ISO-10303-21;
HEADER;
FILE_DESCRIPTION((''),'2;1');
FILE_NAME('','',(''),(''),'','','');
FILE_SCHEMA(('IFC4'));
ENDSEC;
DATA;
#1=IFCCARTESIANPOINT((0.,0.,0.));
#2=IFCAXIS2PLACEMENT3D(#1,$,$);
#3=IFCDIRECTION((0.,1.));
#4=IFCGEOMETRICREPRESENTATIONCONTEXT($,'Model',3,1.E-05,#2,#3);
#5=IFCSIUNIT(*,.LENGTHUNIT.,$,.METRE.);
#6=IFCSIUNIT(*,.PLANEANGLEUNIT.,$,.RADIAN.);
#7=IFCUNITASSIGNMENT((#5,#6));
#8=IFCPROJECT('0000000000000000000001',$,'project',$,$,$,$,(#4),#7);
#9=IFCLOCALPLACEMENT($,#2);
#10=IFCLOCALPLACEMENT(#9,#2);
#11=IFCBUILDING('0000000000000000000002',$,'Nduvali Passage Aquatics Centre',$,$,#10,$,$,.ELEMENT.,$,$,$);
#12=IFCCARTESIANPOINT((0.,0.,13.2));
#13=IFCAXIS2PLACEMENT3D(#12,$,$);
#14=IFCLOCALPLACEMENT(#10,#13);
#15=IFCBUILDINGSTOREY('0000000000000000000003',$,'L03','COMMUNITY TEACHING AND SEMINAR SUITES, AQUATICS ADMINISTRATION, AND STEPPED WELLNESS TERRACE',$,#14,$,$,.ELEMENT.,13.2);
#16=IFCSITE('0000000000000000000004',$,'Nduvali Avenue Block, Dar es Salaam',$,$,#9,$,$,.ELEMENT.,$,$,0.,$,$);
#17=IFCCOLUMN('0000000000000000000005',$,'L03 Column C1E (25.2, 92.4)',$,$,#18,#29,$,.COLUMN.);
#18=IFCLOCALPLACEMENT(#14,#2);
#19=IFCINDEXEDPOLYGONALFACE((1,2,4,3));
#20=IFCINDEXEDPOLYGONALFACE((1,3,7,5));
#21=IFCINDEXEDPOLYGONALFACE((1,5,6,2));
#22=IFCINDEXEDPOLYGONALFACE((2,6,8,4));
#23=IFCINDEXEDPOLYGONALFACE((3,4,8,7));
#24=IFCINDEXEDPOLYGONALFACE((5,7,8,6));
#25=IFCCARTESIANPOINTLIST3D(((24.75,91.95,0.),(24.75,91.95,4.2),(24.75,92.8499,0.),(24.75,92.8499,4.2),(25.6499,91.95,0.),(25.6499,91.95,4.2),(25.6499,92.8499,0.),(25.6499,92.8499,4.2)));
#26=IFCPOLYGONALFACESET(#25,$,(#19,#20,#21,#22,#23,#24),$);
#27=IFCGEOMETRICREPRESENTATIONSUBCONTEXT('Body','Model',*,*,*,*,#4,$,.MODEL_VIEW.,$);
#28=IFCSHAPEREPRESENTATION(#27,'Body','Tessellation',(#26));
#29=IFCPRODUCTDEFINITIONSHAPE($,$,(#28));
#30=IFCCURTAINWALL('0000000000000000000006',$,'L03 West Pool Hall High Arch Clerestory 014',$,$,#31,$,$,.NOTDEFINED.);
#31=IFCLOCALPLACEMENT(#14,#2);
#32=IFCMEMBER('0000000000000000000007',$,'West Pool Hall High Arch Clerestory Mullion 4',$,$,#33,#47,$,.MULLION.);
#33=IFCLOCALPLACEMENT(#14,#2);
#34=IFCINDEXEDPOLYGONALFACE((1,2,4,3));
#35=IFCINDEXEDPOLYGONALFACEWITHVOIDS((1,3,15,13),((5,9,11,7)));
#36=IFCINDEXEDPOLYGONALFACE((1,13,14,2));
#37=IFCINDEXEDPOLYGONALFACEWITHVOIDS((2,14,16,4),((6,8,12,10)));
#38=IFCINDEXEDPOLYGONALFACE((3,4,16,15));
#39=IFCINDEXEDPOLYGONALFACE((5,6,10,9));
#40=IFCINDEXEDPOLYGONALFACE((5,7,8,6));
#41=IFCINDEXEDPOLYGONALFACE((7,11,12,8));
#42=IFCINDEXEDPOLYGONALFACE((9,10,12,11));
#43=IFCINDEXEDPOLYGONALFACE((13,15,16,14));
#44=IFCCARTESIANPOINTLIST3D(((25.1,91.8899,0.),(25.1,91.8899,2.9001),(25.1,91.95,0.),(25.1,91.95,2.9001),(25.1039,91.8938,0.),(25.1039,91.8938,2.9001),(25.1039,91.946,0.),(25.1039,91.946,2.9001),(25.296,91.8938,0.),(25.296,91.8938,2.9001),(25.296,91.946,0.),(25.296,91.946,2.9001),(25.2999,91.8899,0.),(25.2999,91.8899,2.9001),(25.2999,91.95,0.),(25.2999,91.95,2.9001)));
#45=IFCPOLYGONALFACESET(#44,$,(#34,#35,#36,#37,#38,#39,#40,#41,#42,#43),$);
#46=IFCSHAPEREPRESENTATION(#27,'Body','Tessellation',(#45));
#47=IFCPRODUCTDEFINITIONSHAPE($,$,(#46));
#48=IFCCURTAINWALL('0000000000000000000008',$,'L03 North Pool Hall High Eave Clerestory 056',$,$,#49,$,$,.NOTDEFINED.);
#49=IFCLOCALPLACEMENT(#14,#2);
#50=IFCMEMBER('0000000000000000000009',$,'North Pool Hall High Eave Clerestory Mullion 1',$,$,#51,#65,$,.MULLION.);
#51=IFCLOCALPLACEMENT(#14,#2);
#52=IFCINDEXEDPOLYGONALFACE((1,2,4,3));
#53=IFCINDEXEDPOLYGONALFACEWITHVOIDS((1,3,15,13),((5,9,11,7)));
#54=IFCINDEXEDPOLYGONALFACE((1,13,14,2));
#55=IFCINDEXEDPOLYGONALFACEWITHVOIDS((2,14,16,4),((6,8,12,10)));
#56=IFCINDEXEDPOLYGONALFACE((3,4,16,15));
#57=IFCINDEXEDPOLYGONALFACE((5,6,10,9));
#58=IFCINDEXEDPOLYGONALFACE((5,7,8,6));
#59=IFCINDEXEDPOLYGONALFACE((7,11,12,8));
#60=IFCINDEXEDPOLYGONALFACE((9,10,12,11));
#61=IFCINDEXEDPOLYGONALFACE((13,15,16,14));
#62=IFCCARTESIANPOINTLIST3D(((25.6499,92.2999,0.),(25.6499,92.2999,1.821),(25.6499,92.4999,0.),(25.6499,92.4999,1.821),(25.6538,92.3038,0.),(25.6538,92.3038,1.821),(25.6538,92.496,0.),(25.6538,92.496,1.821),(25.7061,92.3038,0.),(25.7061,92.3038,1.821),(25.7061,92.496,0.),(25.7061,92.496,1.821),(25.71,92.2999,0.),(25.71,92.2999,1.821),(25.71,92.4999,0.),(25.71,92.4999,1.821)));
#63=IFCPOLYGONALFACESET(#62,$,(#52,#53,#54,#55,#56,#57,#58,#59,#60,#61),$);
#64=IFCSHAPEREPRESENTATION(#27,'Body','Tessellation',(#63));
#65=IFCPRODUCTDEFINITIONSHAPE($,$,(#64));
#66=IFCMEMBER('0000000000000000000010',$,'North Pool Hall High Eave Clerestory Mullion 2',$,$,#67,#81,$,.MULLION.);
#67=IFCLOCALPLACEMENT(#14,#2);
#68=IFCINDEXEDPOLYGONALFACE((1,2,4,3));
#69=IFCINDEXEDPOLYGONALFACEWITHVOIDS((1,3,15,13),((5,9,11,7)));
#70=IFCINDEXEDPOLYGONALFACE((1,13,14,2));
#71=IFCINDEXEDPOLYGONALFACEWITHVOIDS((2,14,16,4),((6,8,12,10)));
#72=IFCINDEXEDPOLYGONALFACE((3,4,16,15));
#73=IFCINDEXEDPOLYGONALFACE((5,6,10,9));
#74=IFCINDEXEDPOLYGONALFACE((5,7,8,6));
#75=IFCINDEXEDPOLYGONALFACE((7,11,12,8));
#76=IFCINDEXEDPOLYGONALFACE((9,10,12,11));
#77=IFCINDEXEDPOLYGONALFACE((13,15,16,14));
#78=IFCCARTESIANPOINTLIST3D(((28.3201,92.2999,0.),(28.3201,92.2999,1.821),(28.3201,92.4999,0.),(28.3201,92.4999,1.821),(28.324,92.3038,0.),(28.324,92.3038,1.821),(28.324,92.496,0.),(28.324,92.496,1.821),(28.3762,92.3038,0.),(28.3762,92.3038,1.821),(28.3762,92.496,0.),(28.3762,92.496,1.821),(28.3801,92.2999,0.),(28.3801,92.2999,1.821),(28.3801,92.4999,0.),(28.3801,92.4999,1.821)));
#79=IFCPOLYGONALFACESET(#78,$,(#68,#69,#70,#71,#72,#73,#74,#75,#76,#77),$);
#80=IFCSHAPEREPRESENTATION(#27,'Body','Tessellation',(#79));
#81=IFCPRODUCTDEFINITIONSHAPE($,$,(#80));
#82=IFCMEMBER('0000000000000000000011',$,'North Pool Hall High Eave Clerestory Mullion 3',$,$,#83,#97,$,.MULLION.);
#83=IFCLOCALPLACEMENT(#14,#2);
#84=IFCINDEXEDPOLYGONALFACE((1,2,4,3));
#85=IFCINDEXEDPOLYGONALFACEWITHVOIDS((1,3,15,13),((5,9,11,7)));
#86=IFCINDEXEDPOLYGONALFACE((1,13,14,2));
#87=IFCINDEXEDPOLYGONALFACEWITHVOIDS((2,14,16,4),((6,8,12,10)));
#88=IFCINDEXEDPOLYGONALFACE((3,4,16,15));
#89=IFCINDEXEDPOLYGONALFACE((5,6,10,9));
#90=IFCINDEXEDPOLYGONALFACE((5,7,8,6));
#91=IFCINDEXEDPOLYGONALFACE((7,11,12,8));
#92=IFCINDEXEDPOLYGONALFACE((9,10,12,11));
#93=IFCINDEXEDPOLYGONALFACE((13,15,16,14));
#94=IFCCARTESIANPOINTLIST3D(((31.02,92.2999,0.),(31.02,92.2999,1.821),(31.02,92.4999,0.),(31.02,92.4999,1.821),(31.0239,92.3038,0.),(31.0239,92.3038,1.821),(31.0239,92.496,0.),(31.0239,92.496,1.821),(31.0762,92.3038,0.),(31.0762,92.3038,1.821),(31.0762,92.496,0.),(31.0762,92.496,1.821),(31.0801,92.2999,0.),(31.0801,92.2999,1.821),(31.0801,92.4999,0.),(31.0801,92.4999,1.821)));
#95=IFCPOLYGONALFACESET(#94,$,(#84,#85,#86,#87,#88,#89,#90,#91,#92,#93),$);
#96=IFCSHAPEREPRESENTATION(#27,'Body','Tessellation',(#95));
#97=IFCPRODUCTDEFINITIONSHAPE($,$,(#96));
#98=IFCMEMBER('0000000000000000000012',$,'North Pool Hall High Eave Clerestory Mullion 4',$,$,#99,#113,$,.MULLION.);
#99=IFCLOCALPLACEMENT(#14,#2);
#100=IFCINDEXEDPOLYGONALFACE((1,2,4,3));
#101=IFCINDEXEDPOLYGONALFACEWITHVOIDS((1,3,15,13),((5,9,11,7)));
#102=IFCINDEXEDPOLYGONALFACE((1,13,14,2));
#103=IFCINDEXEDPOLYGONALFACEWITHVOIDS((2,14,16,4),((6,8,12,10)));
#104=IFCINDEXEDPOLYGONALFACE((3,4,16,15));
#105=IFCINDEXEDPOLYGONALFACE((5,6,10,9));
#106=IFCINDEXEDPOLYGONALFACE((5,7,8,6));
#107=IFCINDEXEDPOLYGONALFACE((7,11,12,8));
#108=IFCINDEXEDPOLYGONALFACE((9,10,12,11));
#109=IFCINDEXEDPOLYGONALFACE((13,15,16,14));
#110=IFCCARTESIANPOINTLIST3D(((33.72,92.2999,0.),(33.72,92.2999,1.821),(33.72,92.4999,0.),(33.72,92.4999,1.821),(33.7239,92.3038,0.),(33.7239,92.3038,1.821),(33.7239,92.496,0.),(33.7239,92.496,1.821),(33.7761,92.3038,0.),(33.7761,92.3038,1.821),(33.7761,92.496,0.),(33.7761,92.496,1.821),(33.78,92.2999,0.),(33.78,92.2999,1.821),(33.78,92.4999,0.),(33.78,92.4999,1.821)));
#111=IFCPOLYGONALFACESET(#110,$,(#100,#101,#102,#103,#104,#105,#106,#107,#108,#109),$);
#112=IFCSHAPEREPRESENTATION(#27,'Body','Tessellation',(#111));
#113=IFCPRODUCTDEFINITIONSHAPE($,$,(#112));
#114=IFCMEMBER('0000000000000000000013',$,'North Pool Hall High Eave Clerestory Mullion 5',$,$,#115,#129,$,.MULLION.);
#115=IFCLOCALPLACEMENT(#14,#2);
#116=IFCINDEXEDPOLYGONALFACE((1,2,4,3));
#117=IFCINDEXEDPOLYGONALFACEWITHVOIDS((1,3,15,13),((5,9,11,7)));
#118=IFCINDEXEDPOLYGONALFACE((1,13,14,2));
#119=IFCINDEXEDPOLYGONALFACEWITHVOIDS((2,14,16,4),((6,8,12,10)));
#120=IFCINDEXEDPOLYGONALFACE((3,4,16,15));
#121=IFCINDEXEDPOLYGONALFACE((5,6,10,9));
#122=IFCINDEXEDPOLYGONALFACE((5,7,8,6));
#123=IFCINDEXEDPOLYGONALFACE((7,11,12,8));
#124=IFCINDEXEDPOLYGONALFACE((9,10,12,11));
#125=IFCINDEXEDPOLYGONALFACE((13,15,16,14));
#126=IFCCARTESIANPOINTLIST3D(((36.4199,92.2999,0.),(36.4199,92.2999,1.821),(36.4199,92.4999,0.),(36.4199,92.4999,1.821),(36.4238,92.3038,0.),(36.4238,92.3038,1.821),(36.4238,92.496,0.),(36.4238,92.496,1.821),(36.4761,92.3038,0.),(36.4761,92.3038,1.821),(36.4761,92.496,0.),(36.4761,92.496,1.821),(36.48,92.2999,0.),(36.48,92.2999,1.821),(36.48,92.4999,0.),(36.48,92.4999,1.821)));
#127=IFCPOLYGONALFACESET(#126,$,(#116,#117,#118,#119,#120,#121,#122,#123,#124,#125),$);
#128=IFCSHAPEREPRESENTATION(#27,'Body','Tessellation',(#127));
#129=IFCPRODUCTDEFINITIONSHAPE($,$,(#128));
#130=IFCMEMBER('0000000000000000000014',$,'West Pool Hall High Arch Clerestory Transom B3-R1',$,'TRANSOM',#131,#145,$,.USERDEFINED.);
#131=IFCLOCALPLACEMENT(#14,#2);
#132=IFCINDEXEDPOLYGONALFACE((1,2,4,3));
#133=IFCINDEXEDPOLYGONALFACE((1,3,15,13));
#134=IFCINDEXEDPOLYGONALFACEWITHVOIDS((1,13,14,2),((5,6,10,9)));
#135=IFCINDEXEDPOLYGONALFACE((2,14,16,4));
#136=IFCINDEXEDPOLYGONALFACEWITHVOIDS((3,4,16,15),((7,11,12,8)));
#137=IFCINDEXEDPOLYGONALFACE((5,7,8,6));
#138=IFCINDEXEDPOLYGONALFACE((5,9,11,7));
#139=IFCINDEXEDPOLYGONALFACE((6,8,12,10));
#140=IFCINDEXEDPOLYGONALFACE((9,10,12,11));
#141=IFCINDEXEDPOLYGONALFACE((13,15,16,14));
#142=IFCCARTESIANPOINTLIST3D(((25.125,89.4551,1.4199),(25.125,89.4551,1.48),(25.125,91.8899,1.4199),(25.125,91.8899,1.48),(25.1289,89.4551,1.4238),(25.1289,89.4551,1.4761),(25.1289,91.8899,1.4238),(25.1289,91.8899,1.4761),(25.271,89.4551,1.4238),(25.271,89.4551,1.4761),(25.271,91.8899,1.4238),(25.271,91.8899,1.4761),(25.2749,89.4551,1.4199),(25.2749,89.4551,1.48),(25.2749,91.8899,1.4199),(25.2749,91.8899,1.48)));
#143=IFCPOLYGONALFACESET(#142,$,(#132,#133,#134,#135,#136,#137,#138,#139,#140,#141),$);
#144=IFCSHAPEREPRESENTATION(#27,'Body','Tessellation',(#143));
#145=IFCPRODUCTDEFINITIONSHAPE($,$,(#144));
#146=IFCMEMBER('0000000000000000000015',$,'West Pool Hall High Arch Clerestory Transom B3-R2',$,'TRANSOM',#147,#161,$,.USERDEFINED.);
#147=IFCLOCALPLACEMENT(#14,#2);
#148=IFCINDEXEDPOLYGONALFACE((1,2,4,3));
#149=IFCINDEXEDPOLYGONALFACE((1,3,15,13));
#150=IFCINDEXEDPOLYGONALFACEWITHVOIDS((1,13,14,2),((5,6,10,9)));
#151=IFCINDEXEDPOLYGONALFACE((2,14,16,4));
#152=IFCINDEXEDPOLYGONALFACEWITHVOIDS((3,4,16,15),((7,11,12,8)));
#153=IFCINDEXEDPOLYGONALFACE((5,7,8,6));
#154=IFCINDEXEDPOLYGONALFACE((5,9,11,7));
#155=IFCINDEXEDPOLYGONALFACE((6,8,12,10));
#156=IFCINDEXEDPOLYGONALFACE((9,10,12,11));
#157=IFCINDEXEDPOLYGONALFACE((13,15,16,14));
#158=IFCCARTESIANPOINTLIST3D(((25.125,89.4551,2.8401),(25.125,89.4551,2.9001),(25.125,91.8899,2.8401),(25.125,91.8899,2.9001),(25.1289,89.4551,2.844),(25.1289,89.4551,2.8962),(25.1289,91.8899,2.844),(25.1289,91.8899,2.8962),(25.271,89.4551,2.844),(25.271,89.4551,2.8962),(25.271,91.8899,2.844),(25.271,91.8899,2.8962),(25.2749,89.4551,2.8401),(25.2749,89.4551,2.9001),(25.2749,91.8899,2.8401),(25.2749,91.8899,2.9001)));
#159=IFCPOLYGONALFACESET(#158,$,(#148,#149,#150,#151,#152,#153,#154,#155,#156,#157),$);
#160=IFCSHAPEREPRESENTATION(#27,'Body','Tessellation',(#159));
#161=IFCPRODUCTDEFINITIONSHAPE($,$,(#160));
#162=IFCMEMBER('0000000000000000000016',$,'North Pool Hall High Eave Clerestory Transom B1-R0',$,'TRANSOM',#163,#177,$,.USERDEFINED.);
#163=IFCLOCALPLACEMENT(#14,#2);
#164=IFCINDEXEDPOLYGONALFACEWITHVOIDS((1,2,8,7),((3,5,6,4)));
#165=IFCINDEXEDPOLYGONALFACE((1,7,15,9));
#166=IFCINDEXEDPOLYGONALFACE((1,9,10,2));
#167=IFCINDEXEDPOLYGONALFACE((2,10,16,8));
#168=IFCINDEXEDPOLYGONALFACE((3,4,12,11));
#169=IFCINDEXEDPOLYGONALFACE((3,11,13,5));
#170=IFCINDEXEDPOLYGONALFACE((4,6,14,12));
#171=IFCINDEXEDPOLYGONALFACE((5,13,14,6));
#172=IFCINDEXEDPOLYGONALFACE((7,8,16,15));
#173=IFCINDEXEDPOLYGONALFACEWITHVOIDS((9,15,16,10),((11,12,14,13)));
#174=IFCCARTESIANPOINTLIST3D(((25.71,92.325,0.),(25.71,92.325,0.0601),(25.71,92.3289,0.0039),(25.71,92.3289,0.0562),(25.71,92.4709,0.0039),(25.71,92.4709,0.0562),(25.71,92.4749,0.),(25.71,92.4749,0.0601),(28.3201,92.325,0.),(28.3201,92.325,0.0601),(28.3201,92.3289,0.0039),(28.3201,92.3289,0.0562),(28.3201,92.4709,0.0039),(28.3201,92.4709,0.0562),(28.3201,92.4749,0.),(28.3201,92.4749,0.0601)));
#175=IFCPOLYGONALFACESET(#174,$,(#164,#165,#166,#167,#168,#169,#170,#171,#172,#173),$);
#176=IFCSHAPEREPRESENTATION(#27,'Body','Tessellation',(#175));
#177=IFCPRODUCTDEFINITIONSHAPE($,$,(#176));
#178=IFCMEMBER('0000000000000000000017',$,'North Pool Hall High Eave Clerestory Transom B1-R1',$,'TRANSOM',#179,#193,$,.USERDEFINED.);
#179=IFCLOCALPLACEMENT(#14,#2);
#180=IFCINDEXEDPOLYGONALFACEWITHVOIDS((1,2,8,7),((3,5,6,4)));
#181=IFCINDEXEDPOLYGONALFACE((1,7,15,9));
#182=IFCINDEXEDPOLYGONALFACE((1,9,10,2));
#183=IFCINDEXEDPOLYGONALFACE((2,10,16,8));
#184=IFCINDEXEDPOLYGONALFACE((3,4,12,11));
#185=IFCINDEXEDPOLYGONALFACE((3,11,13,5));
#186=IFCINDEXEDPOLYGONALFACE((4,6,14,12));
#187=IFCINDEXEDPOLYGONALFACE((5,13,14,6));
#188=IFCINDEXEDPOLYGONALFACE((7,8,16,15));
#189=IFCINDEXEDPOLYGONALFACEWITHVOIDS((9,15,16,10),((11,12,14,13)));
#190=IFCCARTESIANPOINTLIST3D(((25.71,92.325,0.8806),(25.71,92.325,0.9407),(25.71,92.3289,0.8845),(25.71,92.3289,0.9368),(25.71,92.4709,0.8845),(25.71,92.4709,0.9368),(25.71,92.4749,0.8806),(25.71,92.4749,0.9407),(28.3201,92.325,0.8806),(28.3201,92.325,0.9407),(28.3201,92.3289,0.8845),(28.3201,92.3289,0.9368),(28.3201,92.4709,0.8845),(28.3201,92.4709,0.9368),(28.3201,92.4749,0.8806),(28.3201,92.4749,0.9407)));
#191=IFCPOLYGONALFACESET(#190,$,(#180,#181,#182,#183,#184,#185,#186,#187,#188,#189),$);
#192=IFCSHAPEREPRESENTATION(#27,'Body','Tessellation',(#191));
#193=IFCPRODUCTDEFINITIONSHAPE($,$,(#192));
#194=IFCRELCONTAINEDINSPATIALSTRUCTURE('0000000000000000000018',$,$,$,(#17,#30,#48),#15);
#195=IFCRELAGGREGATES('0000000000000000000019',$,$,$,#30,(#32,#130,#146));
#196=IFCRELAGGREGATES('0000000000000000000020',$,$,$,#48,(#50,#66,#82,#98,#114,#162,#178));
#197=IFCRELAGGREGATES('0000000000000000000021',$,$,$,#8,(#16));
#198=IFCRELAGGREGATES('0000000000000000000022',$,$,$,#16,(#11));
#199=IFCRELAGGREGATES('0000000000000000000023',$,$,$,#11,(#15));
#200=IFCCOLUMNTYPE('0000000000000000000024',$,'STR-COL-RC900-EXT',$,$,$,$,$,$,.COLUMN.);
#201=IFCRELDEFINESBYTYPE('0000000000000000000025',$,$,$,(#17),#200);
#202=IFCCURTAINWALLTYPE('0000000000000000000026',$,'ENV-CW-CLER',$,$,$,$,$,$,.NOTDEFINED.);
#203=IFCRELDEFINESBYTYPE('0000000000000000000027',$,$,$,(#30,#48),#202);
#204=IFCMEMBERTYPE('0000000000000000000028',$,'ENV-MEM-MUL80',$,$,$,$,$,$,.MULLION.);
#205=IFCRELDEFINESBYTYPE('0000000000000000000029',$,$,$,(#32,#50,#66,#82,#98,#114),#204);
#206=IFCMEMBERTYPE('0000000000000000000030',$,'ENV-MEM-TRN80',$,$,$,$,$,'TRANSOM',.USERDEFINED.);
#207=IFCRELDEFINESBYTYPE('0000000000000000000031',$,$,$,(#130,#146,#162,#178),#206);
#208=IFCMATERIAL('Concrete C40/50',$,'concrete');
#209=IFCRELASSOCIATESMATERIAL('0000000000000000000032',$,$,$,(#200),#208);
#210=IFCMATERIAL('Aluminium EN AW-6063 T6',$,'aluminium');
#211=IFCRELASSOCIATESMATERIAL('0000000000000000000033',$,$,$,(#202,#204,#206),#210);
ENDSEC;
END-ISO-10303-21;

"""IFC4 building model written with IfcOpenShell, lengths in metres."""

from ifc_helpers import new_model, si_unit, direction, frame, origin, origin_2d, place, context, subcontext, project, spatial, rectangle, hollow_rectangle, extrude, material, material_profile, profile_set, type_object, element, aggregate, save


model = new_model("IFC4")

# Units and contexts
model_context = context("Model", 3, precision=1e-05, world=origin(), true_north=direction((0.0, 1.0)))
body_context = subcontext(model_context, "Body", "Model", "MODEL_VIEW")
ifc_project = project(units=[si_unit("LENGTHUNIT", "METRE"), si_unit("PLANEANGLEUNIT", "RADIAN")], contexts=[model_context])

# Site, building, storey
site_placement = place(None, origin())
site = spatial("IfcSite", under=ifc_project, at=site_placement, Name="Nduvali Avenue Block, Dar es Salaam", CompositionType="ELEMENT", RefElevation=0.0)
building_placement = place(site_placement, origin())
building = spatial("IfcBuilding", under=site, at=building_placement, Name="Nduvali Passage Aquatics Centre", CompositionType="ELEMENT")
storey_placement = place(building_placement, frame((0.0, 0.0, 13.2)))
storey = spatial("IfcBuildingStorey", under=building, at=storey_placement, Name="L03", Description="COMMUNITY TEACHING AND SEMINAR SUITES, AQUATICS ADMINISTRATION, AND STEPPED WELLNESS TERRACE", CompositionType="ELEMENT", Elevation=13.2)

# Column
ifc_material_1 = material(Name="Concrete C40/50", Category="concrete")
ifc_material_profile_1 = material_profile(ifc_material_1, rectangle(XDim=0.8999, YDim=0.8999, at=origin_2d()), Name="RC 900x900")
ifc_profile_set_1 = profile_set([ifc_material_profile_1], Name="Concrete C40/50")
column_type = type_object("IfcColumnType", Name="STR-COL-RC900-EXT", PredefinedType="COLUMN", material=ifc_profile_set_1)
column_placement = place(storey_placement, frame((25.2, 92.3999, 0.0), z_axis=(0.0, 0.0, 1.0), x_axis=(1.0, 0.0, 0.0)))
element("IfcColumn", 1, at=column_placement, inside=storey, type_object=column_type, Name="L03 Column C1E (25.2, 92.4)", PredefinedType="COLUMN", context=body_context, shape_type="SweptSolid", body=[
    extrude(rectangle(XDim=0.8999, YDim=0.8999, at=origin_2d()), origin(), (0.0, 0.0, 1.0), 4.2),
])

# Curtain wall, member
ifc_material_2 = material(Name="Aluminium EN AW-6063 T6", Category="aluminium")
curtain_wall_type = type_object("IfcCurtainWallType", Name="ENV-CW-CLER", PredefinedType="NOTDEFINED", material=ifc_material_2)
curtain_wall_1_placement = place(storey_placement, origin())
curtain_wall_1 = element("IfcCurtainWall", 2, at=curtain_wall_1_placement, inside=storey, type_object=curtain_wall_type, Name="L03 West Pool Hall High Arch Clerestory 014", PredefinedType="NOTDEFINED")
ifc_material_profile_2 = material_profile(ifc_material_2, hollow_rectangle(XDim=0.0601, YDim=0.2, WallThickness=0.0039, at=origin_2d()), Name="ALU MULLION 60x200x4")
ifc_profile_set_2 = profile_set([ifc_material_profile_2], Name="Aluminium EN AW-6063 T6")
member_type_1 = type_object("IfcMemberType", Name="ENV-MEM-MUL80", PredefinedType="MULLION", material=ifc_profile_set_2)
member_1_placement = place(storey_placement, frame((25.2, 91.9199, 0.0), z_axis=(0.0, 0.0, 1.0), x_axis=(0.0, 1.0, 0.0)))
member_1 = element("IfcMember", 3, at=member_1_placement, type_object=member_type_1, Name="West Pool Hall High Arch Clerestory Mullion 4", PredefinedType="MULLION", context=body_context, shape_type="SweptSolid", body=[
    extrude(hollow_rectangle(XDim=0.0601, YDim=0.2, WallThickness=0.0039, at=origin_2d()), origin(), (0.0, 0.0, 1.0), 2.9001),
])

# Curtain wall, members
curtain_wall_2_placement = place(storey_placement, origin())
curtain_wall_2 = element("IfcCurtainWall", 4, at=curtain_wall_2_placement, inside=storey, type_object=curtain_wall_type, Name="L03 North Pool Hall High Eave Clerestory 056", PredefinedType="NOTDEFINED")
member_2_placement = place(storey_placement, frame((25.6799, 92.3999, 0.0), z_axis=(0.0, 0.0, 1.0), x_axis=(1.0, 0.0, 0.0)))
member_2 = element("IfcMember", 5, at=member_2_placement, type_object=member_type_1, Name="North Pool Hall High Eave Clerestory Mullion 1", PredefinedType="MULLION", context=body_context, shape_type="SweptSolid", body=[
    extrude(hollow_rectangle(XDim=0.0601, YDim=0.2, WallThickness=0.0039, at=origin_2d()), origin(), (0.0, 0.0, 1.0), 1.821),
])
member_3_placement = place(storey_placement, frame((28.3501, 92.3999, 0.0), z_axis=(0.0, 0.0, 1.0), x_axis=(1.0, 0.0, 0.0)))
member_3 = element("IfcMember", 6, at=member_3_placement, type_object=member_type_1, Name="North Pool Hall High Eave Clerestory Mullion 2", PredefinedType="MULLION", context=body_context, shape_type="SweptSolid", body=[
    extrude(hollow_rectangle(XDim=0.0601, YDim=0.2, WallThickness=0.0039, at=origin_2d()), origin(), (0.0, 0.0, 1.0), 1.821),
])
member_4_placement = place(storey_placement, frame((31.05, 92.3999, 0.0), z_axis=(0.0, 0.0, 1.0), x_axis=(1.0, 0.0, 0.0)))
member_4 = element("IfcMember", 7, at=member_4_placement, type_object=member_type_1, Name="North Pool Hall High Eave Clerestory Mullion 3", PredefinedType="MULLION", context=body_context, shape_type="SweptSolid", body=[
    extrude(hollow_rectangle(XDim=0.0601, YDim=0.2, WallThickness=0.0039, at=origin_2d()), origin(), (0.0, 0.0, 1.0), 1.821),
])
member_5_placement = place(storey_placement, frame((33.75, 92.3999, 0.0), z_axis=(0.0, 0.0, 1.0), x_axis=(1.0, 0.0, 0.0)))
member_5 = element("IfcMember", 8, at=member_5_placement, type_object=member_type_1, Name="North Pool Hall High Eave Clerestory Mullion 4", PredefinedType="MULLION", context=body_context, shape_type="SweptSolid", body=[
    extrude(hollow_rectangle(XDim=0.0601, YDim=0.2, WallThickness=0.0039, at=origin_2d()), origin(), (0.0, 0.0, 1.0), 1.821),
])
member_6_placement = place(storey_placement, frame((36.45, 92.3999, 0.0), z_axis=(0.0, 0.0, 1.0), x_axis=(1.0, 0.0, 0.0)))
member_6 = element("IfcMember", 9, at=member_6_placement, type_object=member_type_1, Name="North Pool Hall High Eave Clerestory Mullion 5", PredefinedType="MULLION", context=body_context, shape_type="SweptSolid", body=[
    extrude(hollow_rectangle(XDim=0.0601, YDim=0.2, WallThickness=0.0039, at=origin_2d()), origin(), (0.0, 0.0, 1.0), 1.821),
])

# Members
ifc_material_profile_3 = material_profile(ifc_material_2, hollow_rectangle(XDim=0.1499, YDim=0.0601, WallThickness=0.0039, at=origin_2d()), Name="ALU TRANSOM 150x60x4")
ifc_profile_set_3 = profile_set([ifc_material_profile_3], Name="Aluminium EN AW-6063 T6")
member_type_2 = type_object("IfcMemberType", Name="ENV-MEM-TRN80", ElementType="TRANSOM", PredefinedType="USERDEFINED", material=ifc_profile_set_3)
member_7_placement = place(storey_placement, frame((25.2, 89.4551, 1.45), z_axis=(0.0, 1.0, 0.0), x_axis=(-1.0, 0.0, 0.0)))
member_7 = element("IfcMember", 10, at=member_7_placement, type_object=member_type_2, Name="West Pool Hall High Arch Clerestory Transom B3-R1", ObjectType="TRANSOM", PredefinedType="USERDEFINED", context=body_context, shape_type="SweptSolid", body=[
    extrude(hollow_rectangle(XDim=0.1499, YDim=0.0601, WallThickness=0.0039, at=origin_2d()), origin(), (0.0, 0.0, 1.0), 2.4348),
])
member_8_placement = place(storey_placement, frame((25.2, 89.4551, 2.8701), z_axis=(0.0, 1.0, 0.0), x_axis=(-1.0, 0.0, 0.0)))
member_8 = element("IfcMember", 11, at=member_8_placement, type_object=member_type_2, Name="West Pool Hall High Arch Clerestory Transom B3-R2", ObjectType="TRANSOM", PredefinedType="USERDEFINED", context=body_context, shape_type="SweptSolid", body=[
    extrude(hollow_rectangle(XDim=0.1499, YDim=0.0601, WallThickness=0.0039, at=origin_2d()), origin(), (0.0, 0.0, 1.0), 2.4348),
])
member_9_placement = place(storey_placement, frame((25.71, 92.3999, 0.03), z_axis=(1.0, 0.0, 0.0), x_axis=(0.0, 1.0, 0.0)))
member_9 = element("IfcMember", 12, at=member_9_placement, type_object=member_type_2, Name="North Pool Hall High Eave Clerestory Transom B1-R0", ObjectType="TRANSOM", PredefinedType="USERDEFINED", context=body_context, shape_type="SweptSolid", body=[
    extrude(hollow_rectangle(XDim=0.1499, YDim=0.0601, WallThickness=0.0039, at=origin_2d()), origin(), (0.0, 0.0, 1.0), 2.6101),
])
member_10_placement = place(storey_placement, frame((25.71, 92.3999, 0.9106), z_axis=(1.0, 0.0, 0.0), x_axis=(0.0, 1.0, 0.0)))
member_10 = element("IfcMember", 13, at=member_10_placement, type_object=member_type_2, Name="North Pool Hall High Eave Clerestory Transom B1-R1", ObjectType="TRANSOM", PredefinedType="USERDEFINED", context=body_context, shape_type="SweptSolid", body=[
    extrude(hollow_rectangle(XDim=0.1499, YDim=0.0601, WallThickness=0.0039, at=origin_2d()), origin(), (0.0, 0.0, 1.0), 2.6101),
])

aggregate(curtain_wall_1, [member_1, member_7, member_8])
aggregate(curtain_wall_2, [member_2, member_3, member_4, member_5, member_6, member_9, member_10])

save(model, "model.ifc")
